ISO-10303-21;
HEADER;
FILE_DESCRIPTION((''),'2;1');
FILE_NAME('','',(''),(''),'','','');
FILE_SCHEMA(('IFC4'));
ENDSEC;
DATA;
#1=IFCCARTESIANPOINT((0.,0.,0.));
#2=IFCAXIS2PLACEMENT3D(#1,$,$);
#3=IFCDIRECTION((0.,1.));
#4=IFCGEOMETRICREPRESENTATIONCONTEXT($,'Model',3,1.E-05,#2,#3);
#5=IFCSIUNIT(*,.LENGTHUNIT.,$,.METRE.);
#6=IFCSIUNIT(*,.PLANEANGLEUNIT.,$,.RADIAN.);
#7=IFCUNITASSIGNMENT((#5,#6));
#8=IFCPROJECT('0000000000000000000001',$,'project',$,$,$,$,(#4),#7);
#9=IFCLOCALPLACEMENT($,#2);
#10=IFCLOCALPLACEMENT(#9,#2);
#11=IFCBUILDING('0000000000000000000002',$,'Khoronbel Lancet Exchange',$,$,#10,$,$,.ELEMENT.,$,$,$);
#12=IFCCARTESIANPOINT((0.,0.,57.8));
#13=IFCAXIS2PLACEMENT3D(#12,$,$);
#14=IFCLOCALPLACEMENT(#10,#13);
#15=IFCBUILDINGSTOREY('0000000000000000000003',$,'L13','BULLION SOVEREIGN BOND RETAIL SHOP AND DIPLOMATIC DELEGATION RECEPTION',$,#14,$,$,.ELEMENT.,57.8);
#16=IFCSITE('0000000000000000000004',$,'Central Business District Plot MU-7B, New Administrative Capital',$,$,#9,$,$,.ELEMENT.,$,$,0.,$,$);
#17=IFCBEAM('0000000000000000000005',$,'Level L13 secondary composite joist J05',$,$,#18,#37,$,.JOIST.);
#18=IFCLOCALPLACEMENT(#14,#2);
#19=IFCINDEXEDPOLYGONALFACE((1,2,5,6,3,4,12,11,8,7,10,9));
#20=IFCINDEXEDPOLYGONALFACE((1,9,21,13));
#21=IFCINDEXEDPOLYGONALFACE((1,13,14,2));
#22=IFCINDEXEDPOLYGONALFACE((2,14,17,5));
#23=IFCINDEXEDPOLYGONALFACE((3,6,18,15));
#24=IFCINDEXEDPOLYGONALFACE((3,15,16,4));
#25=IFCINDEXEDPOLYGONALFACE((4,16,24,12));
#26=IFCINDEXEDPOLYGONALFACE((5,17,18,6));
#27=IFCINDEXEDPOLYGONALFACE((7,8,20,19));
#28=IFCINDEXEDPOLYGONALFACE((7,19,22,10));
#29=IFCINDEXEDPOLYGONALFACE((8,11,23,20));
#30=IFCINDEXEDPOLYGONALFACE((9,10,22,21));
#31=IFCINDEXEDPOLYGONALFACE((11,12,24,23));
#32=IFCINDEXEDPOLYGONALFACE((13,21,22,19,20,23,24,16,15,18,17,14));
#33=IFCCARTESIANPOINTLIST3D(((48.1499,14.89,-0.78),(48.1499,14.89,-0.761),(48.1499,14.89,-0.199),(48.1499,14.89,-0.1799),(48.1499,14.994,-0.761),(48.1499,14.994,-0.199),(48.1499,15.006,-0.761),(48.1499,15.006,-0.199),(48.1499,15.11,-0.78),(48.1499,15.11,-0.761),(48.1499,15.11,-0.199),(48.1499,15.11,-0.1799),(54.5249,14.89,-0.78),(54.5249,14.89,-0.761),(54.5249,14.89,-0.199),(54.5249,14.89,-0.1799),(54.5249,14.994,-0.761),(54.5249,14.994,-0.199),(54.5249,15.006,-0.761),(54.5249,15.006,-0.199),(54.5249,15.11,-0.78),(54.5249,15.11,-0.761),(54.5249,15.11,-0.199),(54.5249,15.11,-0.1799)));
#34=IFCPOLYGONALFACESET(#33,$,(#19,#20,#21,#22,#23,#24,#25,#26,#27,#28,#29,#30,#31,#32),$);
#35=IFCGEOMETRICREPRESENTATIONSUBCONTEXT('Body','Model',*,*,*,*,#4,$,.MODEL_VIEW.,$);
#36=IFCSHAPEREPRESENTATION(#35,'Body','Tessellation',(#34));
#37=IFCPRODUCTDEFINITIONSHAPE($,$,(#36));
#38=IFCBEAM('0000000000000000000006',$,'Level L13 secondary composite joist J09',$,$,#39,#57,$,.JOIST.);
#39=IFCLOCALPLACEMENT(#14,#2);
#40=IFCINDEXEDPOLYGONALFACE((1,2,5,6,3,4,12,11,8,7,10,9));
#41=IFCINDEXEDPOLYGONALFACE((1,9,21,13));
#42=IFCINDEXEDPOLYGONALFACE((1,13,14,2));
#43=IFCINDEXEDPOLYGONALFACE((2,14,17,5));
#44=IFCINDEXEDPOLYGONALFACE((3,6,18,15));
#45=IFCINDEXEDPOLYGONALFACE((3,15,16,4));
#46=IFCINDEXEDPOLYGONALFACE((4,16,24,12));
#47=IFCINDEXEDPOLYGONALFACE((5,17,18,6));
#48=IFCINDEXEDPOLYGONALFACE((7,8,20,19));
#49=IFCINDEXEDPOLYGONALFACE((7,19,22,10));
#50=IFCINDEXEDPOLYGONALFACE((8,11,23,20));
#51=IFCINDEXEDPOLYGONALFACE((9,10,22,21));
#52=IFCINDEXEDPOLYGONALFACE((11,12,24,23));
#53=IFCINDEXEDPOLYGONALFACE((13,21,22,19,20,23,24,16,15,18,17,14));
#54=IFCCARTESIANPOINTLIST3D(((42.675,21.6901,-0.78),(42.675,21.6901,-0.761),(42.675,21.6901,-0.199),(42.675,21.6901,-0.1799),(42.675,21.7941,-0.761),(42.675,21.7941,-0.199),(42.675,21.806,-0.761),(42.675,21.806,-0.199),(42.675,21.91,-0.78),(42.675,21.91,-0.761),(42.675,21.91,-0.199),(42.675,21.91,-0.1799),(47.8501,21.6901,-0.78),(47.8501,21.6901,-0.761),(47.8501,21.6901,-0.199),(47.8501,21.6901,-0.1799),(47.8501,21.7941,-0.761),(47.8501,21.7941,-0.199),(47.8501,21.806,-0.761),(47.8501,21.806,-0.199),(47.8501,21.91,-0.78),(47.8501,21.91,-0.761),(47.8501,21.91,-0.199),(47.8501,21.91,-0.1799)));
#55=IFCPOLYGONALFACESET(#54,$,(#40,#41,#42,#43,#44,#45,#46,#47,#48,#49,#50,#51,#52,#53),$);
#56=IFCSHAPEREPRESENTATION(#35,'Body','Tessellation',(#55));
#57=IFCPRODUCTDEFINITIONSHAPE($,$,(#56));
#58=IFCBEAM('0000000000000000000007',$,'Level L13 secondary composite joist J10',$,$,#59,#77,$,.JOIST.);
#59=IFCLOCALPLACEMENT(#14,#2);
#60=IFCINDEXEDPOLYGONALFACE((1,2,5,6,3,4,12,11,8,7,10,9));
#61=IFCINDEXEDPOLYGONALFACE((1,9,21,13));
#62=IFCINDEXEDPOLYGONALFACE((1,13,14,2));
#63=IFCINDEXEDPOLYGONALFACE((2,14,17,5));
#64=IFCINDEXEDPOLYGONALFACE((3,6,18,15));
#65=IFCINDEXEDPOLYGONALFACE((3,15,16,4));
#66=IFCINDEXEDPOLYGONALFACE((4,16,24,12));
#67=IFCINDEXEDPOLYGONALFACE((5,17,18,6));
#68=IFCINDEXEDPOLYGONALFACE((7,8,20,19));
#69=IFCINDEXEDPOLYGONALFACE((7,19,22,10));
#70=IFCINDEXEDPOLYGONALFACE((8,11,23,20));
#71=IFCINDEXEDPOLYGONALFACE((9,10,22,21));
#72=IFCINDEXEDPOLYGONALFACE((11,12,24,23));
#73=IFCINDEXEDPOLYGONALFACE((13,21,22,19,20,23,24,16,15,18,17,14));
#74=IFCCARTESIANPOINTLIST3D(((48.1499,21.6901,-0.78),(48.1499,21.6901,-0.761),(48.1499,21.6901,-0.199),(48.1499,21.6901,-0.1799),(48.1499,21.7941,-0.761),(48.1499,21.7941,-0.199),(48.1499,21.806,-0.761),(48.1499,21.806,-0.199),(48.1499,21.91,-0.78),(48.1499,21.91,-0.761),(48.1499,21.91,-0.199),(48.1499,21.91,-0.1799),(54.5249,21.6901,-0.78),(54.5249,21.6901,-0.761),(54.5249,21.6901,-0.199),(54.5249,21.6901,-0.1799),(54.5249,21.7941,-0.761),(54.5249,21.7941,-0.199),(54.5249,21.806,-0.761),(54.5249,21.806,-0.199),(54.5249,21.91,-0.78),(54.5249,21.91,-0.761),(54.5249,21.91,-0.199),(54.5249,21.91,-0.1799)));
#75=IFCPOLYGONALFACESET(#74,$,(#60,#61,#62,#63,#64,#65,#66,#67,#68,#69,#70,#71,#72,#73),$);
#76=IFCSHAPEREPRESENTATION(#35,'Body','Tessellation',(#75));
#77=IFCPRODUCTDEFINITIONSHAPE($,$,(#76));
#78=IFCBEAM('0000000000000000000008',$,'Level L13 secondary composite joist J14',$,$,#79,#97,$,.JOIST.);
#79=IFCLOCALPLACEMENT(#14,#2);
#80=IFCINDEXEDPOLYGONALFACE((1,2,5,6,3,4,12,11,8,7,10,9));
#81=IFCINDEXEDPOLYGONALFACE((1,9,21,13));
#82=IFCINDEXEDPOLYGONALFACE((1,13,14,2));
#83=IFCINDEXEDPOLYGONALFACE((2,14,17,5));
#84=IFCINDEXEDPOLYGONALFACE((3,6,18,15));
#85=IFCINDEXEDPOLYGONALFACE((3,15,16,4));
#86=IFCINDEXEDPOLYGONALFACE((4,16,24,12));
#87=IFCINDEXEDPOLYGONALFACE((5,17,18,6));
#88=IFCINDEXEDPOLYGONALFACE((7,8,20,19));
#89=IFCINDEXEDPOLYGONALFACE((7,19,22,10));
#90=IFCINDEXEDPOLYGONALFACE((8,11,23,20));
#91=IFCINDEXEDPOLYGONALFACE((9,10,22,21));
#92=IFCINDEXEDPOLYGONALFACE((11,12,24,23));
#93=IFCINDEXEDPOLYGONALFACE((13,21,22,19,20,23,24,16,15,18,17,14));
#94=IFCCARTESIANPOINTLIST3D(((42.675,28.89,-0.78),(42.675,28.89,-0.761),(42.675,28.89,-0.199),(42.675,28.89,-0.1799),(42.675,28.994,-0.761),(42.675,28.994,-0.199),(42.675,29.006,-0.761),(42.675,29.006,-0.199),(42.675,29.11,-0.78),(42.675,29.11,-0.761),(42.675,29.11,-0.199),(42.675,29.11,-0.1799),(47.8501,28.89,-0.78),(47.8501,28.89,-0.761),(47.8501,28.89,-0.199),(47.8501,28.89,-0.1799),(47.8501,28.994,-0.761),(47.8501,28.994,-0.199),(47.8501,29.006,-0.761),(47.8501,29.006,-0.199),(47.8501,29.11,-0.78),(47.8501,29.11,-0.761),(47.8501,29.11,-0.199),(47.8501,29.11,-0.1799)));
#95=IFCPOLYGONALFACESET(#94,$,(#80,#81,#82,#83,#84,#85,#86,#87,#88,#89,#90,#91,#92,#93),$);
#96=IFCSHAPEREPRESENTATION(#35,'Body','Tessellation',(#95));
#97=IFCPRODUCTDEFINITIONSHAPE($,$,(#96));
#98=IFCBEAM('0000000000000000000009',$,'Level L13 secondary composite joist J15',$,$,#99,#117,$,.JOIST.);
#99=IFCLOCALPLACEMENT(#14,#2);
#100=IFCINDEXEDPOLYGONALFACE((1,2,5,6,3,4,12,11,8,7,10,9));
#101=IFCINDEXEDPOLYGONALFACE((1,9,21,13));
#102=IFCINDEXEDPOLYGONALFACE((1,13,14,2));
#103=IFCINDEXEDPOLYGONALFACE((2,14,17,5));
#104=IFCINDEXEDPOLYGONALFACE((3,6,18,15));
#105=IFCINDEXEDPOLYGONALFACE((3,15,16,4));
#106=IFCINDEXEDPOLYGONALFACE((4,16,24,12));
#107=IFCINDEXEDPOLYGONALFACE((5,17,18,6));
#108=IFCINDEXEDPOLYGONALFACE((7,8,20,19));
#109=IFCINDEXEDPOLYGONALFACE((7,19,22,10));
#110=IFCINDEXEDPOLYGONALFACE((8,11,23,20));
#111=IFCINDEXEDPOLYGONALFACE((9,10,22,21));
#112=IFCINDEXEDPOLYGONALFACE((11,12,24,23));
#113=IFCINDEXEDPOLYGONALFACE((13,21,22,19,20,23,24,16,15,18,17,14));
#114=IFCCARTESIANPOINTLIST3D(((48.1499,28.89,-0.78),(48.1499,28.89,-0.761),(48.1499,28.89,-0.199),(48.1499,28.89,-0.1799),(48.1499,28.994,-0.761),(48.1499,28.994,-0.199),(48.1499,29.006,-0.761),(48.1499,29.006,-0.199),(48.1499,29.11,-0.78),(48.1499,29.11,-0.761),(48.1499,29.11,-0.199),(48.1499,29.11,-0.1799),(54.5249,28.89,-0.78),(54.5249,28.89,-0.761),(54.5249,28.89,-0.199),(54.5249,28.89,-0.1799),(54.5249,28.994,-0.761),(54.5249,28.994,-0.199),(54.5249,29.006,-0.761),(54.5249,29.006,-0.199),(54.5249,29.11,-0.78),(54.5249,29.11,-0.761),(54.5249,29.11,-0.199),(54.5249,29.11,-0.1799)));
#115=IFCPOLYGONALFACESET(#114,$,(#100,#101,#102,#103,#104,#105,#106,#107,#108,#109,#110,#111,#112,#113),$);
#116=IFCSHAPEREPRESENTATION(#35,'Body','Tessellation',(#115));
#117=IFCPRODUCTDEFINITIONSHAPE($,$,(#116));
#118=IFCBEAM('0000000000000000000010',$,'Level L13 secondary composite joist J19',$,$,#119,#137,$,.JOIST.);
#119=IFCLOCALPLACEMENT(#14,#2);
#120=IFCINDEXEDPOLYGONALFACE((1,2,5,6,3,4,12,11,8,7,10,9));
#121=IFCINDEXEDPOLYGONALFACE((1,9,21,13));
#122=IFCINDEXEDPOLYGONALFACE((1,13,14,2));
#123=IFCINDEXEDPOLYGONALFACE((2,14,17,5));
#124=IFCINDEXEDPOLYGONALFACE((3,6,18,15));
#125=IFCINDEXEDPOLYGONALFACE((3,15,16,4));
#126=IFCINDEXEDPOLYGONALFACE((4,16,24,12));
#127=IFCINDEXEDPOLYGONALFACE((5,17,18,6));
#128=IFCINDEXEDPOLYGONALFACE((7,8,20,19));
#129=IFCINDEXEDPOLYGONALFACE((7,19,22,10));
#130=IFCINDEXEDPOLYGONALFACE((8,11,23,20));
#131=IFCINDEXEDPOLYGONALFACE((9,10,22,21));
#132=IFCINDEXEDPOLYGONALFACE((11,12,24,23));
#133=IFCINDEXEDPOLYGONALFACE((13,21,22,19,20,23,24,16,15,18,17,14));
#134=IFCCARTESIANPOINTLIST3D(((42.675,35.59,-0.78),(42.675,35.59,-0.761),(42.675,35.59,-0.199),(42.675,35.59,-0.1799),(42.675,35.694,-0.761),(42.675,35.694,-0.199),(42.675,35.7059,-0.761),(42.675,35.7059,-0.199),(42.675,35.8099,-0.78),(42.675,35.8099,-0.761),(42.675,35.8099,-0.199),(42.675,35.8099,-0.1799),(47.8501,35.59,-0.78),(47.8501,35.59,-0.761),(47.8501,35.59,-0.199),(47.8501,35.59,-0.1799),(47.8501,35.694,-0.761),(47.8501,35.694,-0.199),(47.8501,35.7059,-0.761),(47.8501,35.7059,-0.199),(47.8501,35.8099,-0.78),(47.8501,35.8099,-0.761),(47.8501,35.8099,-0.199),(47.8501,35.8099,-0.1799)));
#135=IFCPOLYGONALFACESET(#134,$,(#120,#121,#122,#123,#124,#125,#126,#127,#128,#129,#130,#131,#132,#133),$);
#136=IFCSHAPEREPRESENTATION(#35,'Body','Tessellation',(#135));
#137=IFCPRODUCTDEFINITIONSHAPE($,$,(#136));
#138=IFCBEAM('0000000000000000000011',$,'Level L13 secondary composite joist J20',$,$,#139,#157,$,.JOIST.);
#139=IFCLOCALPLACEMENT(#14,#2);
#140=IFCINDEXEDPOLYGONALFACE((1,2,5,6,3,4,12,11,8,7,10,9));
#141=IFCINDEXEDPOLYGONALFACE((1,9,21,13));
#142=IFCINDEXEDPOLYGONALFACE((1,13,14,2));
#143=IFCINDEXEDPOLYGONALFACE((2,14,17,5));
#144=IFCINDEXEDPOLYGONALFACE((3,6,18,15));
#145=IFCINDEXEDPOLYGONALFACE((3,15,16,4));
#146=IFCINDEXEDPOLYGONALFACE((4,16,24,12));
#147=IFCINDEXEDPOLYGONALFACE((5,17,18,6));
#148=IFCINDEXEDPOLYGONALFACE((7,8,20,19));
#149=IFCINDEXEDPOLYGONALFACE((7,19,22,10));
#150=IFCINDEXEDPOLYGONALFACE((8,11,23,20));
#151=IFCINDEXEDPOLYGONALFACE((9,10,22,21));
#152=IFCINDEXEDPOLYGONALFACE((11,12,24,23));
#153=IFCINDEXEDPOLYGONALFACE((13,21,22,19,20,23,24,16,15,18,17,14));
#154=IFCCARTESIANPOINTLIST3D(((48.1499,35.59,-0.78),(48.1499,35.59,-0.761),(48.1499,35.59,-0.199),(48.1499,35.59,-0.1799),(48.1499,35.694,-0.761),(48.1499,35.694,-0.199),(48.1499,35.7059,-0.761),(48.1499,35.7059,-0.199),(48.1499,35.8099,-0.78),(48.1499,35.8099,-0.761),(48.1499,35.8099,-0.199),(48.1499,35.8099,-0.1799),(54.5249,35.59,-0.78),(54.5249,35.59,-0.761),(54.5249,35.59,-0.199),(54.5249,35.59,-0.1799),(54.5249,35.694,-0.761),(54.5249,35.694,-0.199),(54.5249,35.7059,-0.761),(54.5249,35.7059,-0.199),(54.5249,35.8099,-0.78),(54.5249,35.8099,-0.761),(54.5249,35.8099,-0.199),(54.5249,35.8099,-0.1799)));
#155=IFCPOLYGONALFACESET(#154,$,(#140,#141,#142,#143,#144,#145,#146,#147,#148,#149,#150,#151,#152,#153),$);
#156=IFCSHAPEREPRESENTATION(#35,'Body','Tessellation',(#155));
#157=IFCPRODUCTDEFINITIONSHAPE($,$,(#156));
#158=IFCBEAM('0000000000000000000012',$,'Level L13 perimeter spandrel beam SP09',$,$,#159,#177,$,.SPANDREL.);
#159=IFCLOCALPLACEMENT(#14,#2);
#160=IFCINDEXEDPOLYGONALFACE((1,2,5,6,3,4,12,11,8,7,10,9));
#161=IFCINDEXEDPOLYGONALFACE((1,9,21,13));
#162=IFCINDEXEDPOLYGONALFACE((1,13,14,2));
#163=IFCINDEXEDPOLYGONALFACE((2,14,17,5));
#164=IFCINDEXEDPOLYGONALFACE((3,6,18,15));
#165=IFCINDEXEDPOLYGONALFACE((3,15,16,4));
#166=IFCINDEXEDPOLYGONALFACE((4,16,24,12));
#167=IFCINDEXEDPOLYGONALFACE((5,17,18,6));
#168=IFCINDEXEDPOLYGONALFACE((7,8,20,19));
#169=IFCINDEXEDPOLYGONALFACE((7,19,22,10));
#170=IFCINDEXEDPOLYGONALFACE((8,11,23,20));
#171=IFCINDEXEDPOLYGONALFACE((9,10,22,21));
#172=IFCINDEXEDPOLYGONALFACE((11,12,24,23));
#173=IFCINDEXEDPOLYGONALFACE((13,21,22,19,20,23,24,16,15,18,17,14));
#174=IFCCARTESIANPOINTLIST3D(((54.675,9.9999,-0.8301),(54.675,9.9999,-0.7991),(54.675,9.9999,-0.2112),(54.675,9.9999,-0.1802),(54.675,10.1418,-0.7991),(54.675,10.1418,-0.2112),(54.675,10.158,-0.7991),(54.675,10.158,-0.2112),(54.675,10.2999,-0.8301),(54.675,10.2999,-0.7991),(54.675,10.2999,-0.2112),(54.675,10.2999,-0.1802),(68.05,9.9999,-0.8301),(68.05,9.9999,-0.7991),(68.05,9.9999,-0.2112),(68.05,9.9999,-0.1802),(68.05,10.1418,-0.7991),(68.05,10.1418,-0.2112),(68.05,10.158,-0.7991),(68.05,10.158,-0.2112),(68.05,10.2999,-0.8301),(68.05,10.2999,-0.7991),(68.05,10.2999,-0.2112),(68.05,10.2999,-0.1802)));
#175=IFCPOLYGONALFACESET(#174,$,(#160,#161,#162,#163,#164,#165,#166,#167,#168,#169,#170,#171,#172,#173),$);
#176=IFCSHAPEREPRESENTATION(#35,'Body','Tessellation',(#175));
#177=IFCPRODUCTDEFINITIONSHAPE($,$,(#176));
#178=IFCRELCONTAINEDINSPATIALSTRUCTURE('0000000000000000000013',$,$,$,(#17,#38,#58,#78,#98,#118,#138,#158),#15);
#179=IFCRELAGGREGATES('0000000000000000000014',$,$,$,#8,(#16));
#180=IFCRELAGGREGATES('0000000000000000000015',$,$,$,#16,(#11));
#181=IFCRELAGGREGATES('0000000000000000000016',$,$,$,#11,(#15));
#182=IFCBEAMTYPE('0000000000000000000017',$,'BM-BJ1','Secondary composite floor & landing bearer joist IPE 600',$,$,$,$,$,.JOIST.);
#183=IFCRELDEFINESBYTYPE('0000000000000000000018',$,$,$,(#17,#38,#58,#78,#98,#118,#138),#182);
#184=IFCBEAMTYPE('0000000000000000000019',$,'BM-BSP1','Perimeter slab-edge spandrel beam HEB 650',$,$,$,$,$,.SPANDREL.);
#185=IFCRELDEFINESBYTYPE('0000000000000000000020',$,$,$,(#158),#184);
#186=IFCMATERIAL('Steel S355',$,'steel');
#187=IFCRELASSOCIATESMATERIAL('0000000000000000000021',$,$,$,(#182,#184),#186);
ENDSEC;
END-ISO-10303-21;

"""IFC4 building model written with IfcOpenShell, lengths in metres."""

from ifc_helpers import new_model, si_unit, direction, frame, origin, origin_2d, place, context, subcontext, project, spatial, i_section, extrude, material, material_profile, profile_set, type_object, element, save


model = new_model("IFC4")

# Units and contexts
model_context = context("Model", 3, precision=1e-05, world=origin(), true_north=direction((0.0, 1.0)))
body_context = subcontext(model_context, "Body", "Model", "MODEL_VIEW")
ifc_project = project(units=[si_unit("LENGTHUNIT", "METRE"), si_unit("PLANEANGLEUNIT", "RADIAN")], contexts=[model_context])

# Site, building, storey
site_placement = place(None, origin())
site = spatial("IfcSite", under=ifc_project, at=site_placement, Name="Central Business District Plot MU-7B, New Administrative Capital", CompositionType="ELEMENT", RefElevation=0.0)
building_placement = place(site_placement, origin())
building = spatial("IfcBuilding", under=site, at=building_placement, Name="Khoronbel Lancet Exchange", CompositionType="ELEMENT")
storey_placement = place(building_placement, frame((0.0, 0.0, 57.8)))
storey = spatial("IfcBuildingStorey", under=building, at=storey_placement, Name="L13", Description="BULLION SOVEREIGN BOND RETAIL SHOP AND DIPLOMATIC DELEGATION RECEPTION", CompositionType="ELEMENT", Elevation=57.8)

# Beams
ifc_material_1 = material(Name="Steel S355", Category="steel")
ifc_material_profile_1 = material_profile(ifc_material_1, i_section(OverallWidth=0.22, OverallDepth=0.6001, WebThickness=0.012, FlangeThickness=0.019, at=origin_2d()), Name="IPE 600")
ifc_profile_set_1 = profile_set([ifc_material_profile_1], Name="Steel S355")
beam_type_1 = type_object("IfcBeamType", Name="BM-BJ1", Description="Secondary composite floor & landing bearer joist IPE 600", PredefinedType="JOIST", material=ifc_profile_set_1)
beam_1_placement = place(storey_placement, frame((48.1499, 15.0, -0.48), z_axis=(1.0, 0.0, 0.0), x_axis=(0.0, 1.0, 0.0)))
element("IfcBeam", 1, at=beam_1_placement, inside=storey, type_object=beam_type_1, Name="Level L13 secondary composite joist J05", PredefinedType="JOIST", context=body_context, shape_type="SweptSolid", body=[
    extrude(i_section(OverallWidth=0.22, OverallDepth=0.6001, WebThickness=0.012, FlangeThickness=0.019, at=origin_2d()), origin(), (0.0, 0.0, 1.0), 6.375),
])
beam_2_placement = place(storey_placement, frame((42.675, 21.8, -0.48), z_axis=(1.0, 0.0, 0.0), x_axis=(0.0, 1.0, 0.0)))
element("IfcBeam", 2, at=beam_2_placement, inside=storey, type_object=beam_type_1, Name="Level L13 secondary composite joist J09", PredefinedType="JOIST", context=body_context, shape_type="SweptSolid", body=[
    extrude(i_section(OverallWidth=0.22, OverallDepth=0.6001, WebThickness=0.012, FlangeThickness=0.019, at=origin_2d()), origin(), (0.0, 0.0, 1.0), 5.175),
])
beam_3_placement = place(storey_placement, frame((48.1499, 21.8, -0.48), z_axis=(1.0, 0.0, 0.0), x_axis=(0.0, 1.0, 0.0)))
element("IfcBeam", 3, at=beam_3_placement, inside=storey, type_object=beam_type_1, Name="Level L13 secondary composite joist J10", PredefinedType="JOIST", context=body_context, shape_type="SweptSolid", body=[
    extrude(i_section(OverallWidth=0.22, OverallDepth=0.6001, WebThickness=0.012, FlangeThickness=0.019, at=origin_2d()), origin(), (0.0, 0.0, 1.0), 6.375),
])
beam_4_placement = place(storey_placement, frame((42.675, 29.0, -0.48), z_axis=(1.0, 0.0, 0.0), x_axis=(0.0, 1.0, 0.0)))
element("IfcBeam", 4, at=beam_4_placement, inside=storey, type_object=beam_type_1, Name="Level L13 secondary composite joist J14", PredefinedType="JOIST", context=body_context, shape_type="SweptSolid", body=[
    extrude(i_section(OverallWidth=0.22, OverallDepth=0.6001, WebThickness=0.012, FlangeThickness=0.019, at=origin_2d()), origin(), (0.0, 0.0, 1.0), 5.175),
])
beam_5_placement = place(storey_placement, frame((48.1499, 29.0, -0.48), z_axis=(1.0, 0.0, 0.0), x_axis=(0.0, 1.0, 0.0)))
element("IfcBeam", 5, at=beam_5_placement, inside=storey, type_object=beam_type_1, Name="Level L13 secondary composite joist J15", PredefinedType="JOIST", context=body_context, shape_type="SweptSolid", body=[
    extrude(i_section(OverallWidth=0.22, OverallDepth=0.6001, WebThickness=0.012, FlangeThickness=0.019, at=origin_2d()), origin(), (0.0, 0.0, 1.0), 6.375),
])
beam_6_placement = place(storey_placement, frame((42.675, 35.7, -0.48), z_axis=(1.0, 0.0, 0.0), x_axis=(0.0, 1.0, 0.0)))
element("IfcBeam", 6, at=beam_6_placement, inside=storey, type_object=beam_type_1, Name="Level L13 secondary composite joist J19", PredefinedType="JOIST", context=body_context, shape_type="SweptSolid", body=[
    extrude(i_section(OverallWidth=0.22, OverallDepth=0.6001, WebThickness=0.012, FlangeThickness=0.019, at=origin_2d()), origin(), (0.0, 0.0, 1.0), 5.175),
])
beam_7_placement = place(storey_placement, frame((48.1499, 35.7, -0.48), z_axis=(1.0, 0.0, 0.0), x_axis=(0.0, 1.0, 0.0)))
element("IfcBeam", 7, at=beam_7_placement, inside=storey, type_object=beam_type_1, Name="Level L13 secondary composite joist J20", PredefinedType="JOIST", context=body_context, shape_type="SweptSolid", body=[
    extrude(i_section(OverallWidth=0.22, OverallDepth=0.6001, WebThickness=0.012, FlangeThickness=0.019, at=origin_2d()), origin(), (0.0, 0.0, 1.0), 6.375),
])
ifc_material_profile_2 = material_profile(ifc_material_1, i_section(OverallWidth=0.3, OverallDepth=0.6499, WebThickness=0.0161, FlangeThickness=0.031, at=origin_2d()), Name="HEB 650")
ifc_profile_set_2 = profile_set([ifc_material_profile_2], Name="Steel S355")
beam_type_2 = type_object("IfcBeamType", Name="BM-BSP1", Description="Perimeter slab-edge spandrel beam HEB 650", PredefinedType="SPANDREL", material=ifc_profile_set_2)
beam_8_placement = place(storey_placement, frame((54.675, 10.1499, -0.5051), z_axis=(1.0, 0.0, 0.0), x_axis=(0.0, 1.0, 0.0)))
element("IfcBeam", 8, at=beam_8_placement, inside=storey, type_object=beam_type_2, Name="Level L13 perimeter spandrel beam SP09", PredefinedType="SPANDREL", context=body_context, shape_type="SweptSolid", body=[
    extrude(i_section(OverallWidth=0.3, OverallDepth=0.6499, WebThickness=0.0161, FlangeThickness=0.031, at=origin_2d()), origin(), (0.0, 0.0, 1.0), 13.375),
])

save(model, "model.ifc")
